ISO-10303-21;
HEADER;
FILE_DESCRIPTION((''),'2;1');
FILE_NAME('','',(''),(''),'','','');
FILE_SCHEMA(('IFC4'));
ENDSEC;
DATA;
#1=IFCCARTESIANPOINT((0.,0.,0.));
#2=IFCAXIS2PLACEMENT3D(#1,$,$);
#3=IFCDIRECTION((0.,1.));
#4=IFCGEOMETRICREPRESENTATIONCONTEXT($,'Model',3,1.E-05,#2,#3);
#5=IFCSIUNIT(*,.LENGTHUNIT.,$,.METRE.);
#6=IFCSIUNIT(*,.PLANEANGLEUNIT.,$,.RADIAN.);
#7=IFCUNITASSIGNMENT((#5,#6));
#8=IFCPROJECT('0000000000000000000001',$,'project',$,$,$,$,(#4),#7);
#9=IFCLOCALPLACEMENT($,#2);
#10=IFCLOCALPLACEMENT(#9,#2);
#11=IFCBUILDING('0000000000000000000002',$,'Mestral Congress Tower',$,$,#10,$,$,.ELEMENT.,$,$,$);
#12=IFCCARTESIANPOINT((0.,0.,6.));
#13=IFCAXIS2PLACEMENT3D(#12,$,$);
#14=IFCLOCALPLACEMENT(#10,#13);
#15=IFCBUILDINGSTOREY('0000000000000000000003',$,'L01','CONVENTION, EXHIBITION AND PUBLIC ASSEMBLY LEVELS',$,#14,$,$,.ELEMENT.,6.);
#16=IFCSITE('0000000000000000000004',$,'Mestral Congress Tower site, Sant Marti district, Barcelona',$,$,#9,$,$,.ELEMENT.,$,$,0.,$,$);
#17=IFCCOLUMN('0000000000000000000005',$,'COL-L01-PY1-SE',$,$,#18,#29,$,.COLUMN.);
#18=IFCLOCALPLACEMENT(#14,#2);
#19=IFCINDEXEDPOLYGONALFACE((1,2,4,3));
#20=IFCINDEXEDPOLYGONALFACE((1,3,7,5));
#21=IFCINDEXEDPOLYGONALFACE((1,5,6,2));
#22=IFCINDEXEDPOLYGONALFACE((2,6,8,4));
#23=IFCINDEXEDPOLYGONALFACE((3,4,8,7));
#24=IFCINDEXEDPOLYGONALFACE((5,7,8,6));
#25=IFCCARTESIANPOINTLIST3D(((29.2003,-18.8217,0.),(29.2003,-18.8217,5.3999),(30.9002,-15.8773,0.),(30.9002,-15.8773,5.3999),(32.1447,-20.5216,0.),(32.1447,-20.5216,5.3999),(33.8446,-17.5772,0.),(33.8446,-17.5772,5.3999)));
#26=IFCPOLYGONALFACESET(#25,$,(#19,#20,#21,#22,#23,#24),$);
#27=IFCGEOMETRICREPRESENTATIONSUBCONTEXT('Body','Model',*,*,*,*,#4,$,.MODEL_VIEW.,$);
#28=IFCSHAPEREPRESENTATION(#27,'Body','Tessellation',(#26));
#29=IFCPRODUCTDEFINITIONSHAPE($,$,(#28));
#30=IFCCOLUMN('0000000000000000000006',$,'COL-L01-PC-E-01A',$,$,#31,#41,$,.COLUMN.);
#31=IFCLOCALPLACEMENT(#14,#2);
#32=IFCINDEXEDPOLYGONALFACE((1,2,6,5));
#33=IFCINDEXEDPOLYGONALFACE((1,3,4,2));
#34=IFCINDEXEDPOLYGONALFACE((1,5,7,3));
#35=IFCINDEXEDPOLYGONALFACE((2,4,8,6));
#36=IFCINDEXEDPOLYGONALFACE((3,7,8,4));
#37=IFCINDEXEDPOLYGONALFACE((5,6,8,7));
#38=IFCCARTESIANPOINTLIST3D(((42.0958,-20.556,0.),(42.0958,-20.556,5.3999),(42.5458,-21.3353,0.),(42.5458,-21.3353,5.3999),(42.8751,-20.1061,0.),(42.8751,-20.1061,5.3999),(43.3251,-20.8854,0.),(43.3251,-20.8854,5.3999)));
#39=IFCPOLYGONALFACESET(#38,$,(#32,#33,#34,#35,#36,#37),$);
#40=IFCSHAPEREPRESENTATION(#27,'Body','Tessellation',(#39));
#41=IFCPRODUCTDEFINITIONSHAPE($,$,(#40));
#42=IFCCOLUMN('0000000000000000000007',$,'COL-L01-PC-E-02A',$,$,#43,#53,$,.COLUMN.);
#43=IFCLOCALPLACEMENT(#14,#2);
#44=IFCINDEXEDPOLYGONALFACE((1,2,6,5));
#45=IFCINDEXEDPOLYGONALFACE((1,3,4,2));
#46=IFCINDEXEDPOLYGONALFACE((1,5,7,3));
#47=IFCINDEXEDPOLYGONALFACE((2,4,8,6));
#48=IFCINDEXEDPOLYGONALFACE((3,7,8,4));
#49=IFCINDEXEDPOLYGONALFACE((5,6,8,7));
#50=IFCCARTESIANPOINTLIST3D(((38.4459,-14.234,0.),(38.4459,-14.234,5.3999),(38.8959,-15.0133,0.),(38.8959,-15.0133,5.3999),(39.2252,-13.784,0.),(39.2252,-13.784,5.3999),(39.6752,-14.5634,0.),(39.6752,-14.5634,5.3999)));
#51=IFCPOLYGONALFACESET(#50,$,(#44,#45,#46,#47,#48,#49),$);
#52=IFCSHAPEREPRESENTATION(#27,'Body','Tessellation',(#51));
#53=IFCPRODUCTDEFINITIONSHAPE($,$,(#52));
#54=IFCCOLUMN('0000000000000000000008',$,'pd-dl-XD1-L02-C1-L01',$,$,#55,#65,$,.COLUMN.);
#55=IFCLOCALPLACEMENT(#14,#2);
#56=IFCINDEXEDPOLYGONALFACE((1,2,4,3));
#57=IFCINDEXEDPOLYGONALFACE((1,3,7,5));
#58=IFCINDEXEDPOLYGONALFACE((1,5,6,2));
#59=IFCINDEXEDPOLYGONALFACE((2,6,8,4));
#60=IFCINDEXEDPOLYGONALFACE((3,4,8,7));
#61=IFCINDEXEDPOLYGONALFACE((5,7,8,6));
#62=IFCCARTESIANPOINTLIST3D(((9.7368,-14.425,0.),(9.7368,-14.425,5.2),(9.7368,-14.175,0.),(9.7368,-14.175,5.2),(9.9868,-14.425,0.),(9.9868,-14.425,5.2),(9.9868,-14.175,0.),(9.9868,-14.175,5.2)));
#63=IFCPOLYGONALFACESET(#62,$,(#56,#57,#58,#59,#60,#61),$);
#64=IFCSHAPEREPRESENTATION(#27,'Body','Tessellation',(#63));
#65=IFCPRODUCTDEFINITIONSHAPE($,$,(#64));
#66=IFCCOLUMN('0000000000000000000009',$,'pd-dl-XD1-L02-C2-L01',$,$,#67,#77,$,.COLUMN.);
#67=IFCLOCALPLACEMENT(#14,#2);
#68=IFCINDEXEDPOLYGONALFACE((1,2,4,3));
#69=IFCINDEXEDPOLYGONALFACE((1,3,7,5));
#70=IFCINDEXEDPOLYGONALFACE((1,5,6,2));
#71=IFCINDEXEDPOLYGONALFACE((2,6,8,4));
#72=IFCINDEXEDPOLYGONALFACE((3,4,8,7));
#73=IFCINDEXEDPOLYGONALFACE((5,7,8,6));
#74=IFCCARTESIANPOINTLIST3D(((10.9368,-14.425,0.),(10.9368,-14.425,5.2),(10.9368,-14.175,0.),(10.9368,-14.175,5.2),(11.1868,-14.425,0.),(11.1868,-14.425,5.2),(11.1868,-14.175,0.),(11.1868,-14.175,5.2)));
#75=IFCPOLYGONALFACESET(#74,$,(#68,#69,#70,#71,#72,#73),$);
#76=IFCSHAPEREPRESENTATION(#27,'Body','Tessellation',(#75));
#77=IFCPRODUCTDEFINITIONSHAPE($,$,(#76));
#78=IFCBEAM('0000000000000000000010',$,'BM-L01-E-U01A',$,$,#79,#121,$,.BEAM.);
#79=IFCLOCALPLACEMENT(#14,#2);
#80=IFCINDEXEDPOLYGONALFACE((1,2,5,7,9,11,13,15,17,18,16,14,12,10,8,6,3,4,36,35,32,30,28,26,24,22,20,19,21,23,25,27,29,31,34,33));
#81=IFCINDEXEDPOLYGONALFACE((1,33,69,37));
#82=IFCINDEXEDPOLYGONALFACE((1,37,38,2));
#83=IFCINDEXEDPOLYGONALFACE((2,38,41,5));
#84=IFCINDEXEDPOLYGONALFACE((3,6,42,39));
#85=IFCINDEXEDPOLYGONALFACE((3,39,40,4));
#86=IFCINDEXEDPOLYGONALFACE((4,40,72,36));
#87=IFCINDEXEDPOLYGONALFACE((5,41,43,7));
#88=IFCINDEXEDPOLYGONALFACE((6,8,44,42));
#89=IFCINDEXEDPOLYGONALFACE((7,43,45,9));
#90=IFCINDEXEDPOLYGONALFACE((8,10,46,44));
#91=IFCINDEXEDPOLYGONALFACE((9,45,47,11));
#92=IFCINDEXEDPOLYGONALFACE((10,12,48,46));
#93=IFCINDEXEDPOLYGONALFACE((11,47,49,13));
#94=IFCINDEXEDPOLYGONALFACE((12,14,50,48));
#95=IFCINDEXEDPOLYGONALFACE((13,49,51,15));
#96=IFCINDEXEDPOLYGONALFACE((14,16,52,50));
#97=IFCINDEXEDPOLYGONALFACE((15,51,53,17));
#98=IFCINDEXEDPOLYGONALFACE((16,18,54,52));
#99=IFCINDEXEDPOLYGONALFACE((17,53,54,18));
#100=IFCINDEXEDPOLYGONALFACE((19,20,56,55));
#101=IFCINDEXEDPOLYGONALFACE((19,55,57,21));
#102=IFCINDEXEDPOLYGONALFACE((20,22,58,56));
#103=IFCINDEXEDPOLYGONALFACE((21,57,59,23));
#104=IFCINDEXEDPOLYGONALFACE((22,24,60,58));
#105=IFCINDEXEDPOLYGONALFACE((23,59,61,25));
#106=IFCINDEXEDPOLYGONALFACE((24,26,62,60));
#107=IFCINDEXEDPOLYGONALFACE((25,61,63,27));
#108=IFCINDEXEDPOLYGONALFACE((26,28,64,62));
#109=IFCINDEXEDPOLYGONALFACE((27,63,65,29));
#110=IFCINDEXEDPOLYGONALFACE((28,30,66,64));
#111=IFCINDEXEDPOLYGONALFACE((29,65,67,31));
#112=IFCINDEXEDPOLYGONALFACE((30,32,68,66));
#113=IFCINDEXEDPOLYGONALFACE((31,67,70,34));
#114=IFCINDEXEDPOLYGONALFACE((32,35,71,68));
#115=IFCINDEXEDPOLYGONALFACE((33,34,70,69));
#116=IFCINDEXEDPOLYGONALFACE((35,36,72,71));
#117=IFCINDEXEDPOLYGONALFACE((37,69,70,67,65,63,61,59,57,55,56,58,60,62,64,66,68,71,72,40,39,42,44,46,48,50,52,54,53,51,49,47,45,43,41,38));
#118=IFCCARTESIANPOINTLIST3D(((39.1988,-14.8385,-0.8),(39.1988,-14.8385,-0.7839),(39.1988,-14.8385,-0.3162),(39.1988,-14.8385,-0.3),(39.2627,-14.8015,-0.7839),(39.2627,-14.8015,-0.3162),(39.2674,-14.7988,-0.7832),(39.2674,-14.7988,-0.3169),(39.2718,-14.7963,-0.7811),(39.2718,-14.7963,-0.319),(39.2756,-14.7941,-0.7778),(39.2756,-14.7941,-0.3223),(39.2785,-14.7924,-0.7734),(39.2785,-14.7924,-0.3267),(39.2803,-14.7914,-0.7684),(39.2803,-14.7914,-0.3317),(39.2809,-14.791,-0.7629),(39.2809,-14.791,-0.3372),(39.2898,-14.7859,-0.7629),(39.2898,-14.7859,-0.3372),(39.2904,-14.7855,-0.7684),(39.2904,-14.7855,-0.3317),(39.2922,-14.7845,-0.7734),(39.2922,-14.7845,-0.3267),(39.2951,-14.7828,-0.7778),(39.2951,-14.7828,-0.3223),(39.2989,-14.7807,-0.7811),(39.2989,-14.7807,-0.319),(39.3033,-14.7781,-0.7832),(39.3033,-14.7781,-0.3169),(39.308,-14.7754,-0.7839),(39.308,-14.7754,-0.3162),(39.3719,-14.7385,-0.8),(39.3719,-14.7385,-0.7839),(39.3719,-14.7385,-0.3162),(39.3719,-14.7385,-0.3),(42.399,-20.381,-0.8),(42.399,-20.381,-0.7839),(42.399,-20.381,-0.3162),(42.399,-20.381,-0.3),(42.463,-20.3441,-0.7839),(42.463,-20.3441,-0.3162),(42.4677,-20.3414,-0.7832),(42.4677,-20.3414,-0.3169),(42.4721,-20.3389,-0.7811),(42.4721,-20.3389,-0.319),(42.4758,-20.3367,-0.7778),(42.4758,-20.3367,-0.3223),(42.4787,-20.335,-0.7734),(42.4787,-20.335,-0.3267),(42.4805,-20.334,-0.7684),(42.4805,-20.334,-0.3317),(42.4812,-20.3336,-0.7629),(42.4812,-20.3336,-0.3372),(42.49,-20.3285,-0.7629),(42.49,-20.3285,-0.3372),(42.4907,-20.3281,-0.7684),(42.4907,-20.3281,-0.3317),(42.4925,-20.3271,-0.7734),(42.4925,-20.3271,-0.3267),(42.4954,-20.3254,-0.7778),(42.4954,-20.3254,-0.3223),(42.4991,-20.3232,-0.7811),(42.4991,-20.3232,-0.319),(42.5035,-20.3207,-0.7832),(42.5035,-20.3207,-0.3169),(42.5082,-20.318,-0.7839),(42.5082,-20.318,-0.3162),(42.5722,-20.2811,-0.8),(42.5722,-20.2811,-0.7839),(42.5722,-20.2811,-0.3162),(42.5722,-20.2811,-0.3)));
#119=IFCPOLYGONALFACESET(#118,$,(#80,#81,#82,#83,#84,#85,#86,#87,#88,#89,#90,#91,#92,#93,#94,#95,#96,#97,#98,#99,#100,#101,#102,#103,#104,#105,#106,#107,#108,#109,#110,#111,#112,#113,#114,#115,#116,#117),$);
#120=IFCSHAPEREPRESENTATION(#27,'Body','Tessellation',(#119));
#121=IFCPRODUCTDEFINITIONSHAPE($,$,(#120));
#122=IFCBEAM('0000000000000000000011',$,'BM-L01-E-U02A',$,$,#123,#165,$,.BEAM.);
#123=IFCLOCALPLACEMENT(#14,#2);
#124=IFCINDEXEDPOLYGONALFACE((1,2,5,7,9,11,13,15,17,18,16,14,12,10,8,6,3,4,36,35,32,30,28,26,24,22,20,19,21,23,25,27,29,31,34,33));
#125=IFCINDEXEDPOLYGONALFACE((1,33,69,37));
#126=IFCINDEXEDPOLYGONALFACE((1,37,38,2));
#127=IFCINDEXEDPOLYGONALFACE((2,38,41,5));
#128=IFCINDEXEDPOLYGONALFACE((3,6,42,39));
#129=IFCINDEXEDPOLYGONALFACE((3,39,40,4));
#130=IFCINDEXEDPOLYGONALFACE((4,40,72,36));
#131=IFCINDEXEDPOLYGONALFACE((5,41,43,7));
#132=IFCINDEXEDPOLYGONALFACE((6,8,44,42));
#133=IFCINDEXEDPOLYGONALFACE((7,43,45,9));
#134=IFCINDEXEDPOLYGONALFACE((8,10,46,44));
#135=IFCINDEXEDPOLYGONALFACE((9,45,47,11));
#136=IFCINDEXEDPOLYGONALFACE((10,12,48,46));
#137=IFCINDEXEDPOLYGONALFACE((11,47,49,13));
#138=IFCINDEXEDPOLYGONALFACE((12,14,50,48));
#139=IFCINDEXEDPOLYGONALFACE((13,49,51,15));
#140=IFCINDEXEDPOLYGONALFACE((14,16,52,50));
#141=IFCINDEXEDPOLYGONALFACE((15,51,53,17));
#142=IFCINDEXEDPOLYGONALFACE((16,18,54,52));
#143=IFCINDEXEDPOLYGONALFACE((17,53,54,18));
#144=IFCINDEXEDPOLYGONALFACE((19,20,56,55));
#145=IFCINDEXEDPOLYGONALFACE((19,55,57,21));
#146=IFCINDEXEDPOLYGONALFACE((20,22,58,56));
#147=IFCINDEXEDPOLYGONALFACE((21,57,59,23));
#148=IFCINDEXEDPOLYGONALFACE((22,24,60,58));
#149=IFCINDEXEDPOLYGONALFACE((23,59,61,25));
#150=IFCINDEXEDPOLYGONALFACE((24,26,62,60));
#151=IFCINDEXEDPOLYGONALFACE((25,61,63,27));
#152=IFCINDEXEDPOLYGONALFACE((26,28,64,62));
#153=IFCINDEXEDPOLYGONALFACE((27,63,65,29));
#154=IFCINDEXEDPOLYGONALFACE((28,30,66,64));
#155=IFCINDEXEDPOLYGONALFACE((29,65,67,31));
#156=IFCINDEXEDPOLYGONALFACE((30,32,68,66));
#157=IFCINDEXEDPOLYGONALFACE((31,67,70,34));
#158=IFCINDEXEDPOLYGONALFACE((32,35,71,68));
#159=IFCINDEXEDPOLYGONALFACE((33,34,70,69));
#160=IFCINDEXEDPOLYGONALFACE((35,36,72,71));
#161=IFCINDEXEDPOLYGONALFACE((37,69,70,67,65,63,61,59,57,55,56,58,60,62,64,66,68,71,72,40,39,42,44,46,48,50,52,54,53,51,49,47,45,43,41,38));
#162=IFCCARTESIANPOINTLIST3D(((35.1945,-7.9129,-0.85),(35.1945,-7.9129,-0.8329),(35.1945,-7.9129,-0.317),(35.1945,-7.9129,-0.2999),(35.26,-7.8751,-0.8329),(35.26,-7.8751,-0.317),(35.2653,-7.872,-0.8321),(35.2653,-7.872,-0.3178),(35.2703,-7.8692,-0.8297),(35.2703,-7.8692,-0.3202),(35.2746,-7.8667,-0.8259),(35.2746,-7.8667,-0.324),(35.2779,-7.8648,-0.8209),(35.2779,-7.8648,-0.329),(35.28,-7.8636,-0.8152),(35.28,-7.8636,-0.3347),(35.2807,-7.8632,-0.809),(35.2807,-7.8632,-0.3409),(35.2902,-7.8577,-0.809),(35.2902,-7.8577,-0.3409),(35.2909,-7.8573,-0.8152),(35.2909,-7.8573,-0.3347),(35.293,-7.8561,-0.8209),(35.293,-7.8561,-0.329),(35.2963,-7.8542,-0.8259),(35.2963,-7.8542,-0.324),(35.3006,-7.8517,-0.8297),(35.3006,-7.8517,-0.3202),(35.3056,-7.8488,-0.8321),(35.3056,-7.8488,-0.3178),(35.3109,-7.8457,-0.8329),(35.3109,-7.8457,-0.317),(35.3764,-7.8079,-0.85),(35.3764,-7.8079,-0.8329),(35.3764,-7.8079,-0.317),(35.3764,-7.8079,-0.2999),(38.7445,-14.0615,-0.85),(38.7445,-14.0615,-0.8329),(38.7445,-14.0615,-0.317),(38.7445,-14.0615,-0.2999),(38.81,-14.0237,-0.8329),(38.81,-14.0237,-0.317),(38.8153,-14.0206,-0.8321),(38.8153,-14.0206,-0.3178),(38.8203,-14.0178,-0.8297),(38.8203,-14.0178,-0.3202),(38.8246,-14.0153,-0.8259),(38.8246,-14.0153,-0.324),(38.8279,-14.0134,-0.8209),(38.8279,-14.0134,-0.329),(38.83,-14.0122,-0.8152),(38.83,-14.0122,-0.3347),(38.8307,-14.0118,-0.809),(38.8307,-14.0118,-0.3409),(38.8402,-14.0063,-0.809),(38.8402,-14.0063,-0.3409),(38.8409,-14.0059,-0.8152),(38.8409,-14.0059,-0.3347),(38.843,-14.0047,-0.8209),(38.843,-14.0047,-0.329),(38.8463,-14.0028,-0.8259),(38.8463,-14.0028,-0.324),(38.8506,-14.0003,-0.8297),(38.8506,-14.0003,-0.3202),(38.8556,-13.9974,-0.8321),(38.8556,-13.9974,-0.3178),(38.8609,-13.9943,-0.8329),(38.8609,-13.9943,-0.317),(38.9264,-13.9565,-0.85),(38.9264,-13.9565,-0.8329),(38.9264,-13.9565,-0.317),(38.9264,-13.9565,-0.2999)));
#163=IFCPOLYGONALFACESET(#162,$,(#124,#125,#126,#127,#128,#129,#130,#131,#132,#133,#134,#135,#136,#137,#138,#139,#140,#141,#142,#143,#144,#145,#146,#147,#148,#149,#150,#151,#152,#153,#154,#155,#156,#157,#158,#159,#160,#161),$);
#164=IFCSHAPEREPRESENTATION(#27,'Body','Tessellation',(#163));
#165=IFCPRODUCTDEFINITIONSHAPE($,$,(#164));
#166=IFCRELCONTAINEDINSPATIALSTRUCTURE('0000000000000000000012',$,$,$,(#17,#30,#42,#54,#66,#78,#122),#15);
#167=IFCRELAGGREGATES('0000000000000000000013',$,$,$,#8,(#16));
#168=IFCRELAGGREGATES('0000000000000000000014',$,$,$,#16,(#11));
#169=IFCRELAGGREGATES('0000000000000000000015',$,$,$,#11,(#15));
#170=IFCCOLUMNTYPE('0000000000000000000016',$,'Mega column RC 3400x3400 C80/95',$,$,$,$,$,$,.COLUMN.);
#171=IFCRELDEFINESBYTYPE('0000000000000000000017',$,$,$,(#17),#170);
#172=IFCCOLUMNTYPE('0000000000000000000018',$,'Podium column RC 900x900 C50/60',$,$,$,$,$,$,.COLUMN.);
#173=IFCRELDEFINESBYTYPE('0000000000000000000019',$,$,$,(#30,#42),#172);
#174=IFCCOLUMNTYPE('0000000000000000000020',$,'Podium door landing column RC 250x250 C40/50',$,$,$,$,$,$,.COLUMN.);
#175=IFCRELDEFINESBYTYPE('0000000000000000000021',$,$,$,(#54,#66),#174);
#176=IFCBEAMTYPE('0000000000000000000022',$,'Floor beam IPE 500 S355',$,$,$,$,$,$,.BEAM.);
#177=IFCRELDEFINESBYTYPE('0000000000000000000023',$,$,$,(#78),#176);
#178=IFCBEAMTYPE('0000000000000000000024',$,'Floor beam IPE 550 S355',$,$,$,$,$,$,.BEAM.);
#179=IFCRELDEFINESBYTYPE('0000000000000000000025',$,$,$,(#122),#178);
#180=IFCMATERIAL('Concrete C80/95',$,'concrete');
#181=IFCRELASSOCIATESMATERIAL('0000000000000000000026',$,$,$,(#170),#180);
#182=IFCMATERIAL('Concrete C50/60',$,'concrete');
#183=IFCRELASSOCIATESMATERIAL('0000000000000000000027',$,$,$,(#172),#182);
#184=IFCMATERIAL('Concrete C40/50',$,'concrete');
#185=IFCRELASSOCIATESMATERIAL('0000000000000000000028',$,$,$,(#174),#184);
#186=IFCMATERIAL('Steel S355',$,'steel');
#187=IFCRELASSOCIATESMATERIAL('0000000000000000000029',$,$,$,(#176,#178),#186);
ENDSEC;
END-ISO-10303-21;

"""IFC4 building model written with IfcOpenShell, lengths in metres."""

from ifc_helpers import new_model, si_unit, direction, frame, origin, origin_2d, place, context, subcontext, project, spatial, rectangle, i_section, extrude, material, material_profile, profile_set, type_object, element, save


model = new_model("IFC4")

# Units and contexts
model_context = context("Model", 3, precision=1e-05, world=origin(), true_north=direction((0.0, 1.0)))
body_context = subcontext(model_context, "Body", "Model", "MODEL_VIEW")
ifc_project = project(units=[si_unit("LENGTHUNIT", "METRE"), si_unit("PLANEANGLEUNIT", "RADIAN")], contexts=[model_context])

# Site, building, storey
site_placement = place(None, origin())
site = spatial("IfcSite", under=ifc_project, at=site_placement, Name="Mestral Congress Tower site, Sant Marti district, Barcelona", CompositionType="ELEMENT", RefElevation=0.0)
building_placement = place(site_placement, origin())
building = spatial("IfcBuilding", under=site, at=building_placement, Name="Mestral Congress Tower", CompositionType="ELEMENT")
storey_placement = place(building_placement, frame((0.0, 0.0, 6.0)))
storey = spatial("IfcBuildingStorey", under=building, at=storey_placement, Name="L01", Description="CONVENTION, EXHIBITION AND PUBLIC ASSEMBLY LEVELS", CompositionType="ELEMENT", Elevation=6.0)

# Columns
ifc_material_1 = material(Name="Concrete C80/95", Category="concrete")
ifc_material_profile_1 = material_profile(ifc_material_1, rectangle(XDim=3.3999, YDim=3.3999, at=origin_2d()), Name="RC 3400x3400")
ifc_profile_set_1 = profile_set([ifc_material_profile_1], Name="Concrete C80/95")
column_type_1 = type_object("IfcColumnType", Name="Mega column RC 3400x3400 C80/95", PredefinedType="COLUMN", material=ifc_profile_set_1)
column_placement = place(storey_placement, frame((31.5225, -18.1995, 0.0), z_axis=(0.0, 0.0, 1.0), x_axis=(0.866025, -0.5, 0.0)))
element("IfcColumn", 1, at=column_placement, inside=storey, type_object=column_type_1, Name="COL-L01-PY1-SE", PredefinedType="COLUMN", context=body_context, shape_type="SweptSolid", body=[
    extrude(rectangle(XDim=3.3999, YDim=3.3999, at=origin_2d()), origin(), (0.0, 0.0, 1.0), 5.3999),
])
ifc_material_2 = material(Name="Concrete C50/60", Category="concrete")
ifc_material_profile_2 = material_profile(ifc_material_2, rectangle(XDim=0.8999, YDim=0.8999, at=origin_2d()), Name="RC 900x900")
ifc_profile_set_2 = profile_set([ifc_material_profile_2], Name="Concrete C50/60")
column_type_2 = type_object("IfcColumnType", Name="Podium column RC 900x900 C50/60", PredefinedType="COLUMN", material=ifc_profile_set_2)
for number, where, z_axis, x_axis, name in (
    (2, (42.7104, -20.7207, 0.0), (0.0, 0.0, 1.0), (-0.5, 0.866025, 0.0), "COL-L01-PC-E-01A"),
    (3, (39.0605, -14.3987, 0.0), (0.0, 0.0, 1.0), (-0.5, 0.866025, 0.0), "COL-L01-PC-E-02A"),
):
    element("IfcColumn", number, at=place(storey_placement, frame(where, z_axis=z_axis, x_axis=x_axis)), inside=storey, type_object=column_type_2, Name=name, PredefinedType="COLUMN", context=body_context, shape_type="SweptSolid", body=[
        extrude(rectangle(XDim=0.8999, YDim=0.8999, at=origin_2d()), origin(), (0.0, 0.0, 1.0), 5.3999),
    ])
ifc_material_3 = material(Name="Concrete C40/50", Category="concrete")
ifc_material_profile_3 = material_profile(ifc_material_3, rectangle(XDim=0.25, YDim=0.25, at=origin_2d()), Name="RC 250x250")
ifc_profile_set_3 = profile_set([ifc_material_profile_3], Name="Concrete C40/50")
column_type_3 = type_object("IfcColumnType", Name="Podium door landing column RC 250x250 C40/50", PredefinedType="COLUMN", material=ifc_profile_set_3)
for number, where, z_axis, x_axis, name in (
    (4, (9.8618, -14.3, 0.0), (0.0, 0.0, 1.0), (1.0, 0.0, 0.0), "pd-dl-XD1-L02-C1-L01"),
    (5, (11.0618, -14.3, 0.0), (0.0, 0.0, 1.0), (1.0, 0.0, 0.0), "pd-dl-XD1-L02-C2-L01"),
):
    element("IfcColumn", number, at=place(storey_placement, frame(where, z_axis=z_axis, x_axis=x_axis)), inside=storey, type_object=column_type_3, Name=name, PredefinedType="COLUMN", context=body_context, shape_type="SweptSolid", body=[
        extrude(rectangle(XDim=0.25, YDim=0.25, at=origin_2d()), origin(), (0.0, 0.0, 1.0), 5.2),
    ])

# Beams
ifc_material_4 = material(Name="Steel S355", Category="steel")
ifc_material_profile_4 = material_profile(ifc_material_4, i_section(OverallWidth=0.2, OverallDepth=0.5, WebThickness=0.0103, FlangeThickness=0.0161, FilletRadius=0.021, at=origin_2d()), Name="IPE 500")
ifc_profile_set_4 = profile_set([ifc_material_profile_4], Name="Steel S355")
beam_type_1 = type_object("IfcBeamType", Name="Floor beam IPE 500 S355", PredefinedType="BEAM", material=ifc_profile_set_4)
beam_1_placement = place(storey_placement, frame((42.4856, -20.3311, -0.55), z_axis=(-0.500028, 0.866009, 0.0), x_axis=(-0.866009, -0.500028, 0.0)))
element("IfcBeam", 6, at=beam_1_placement, inside=storey, type_object=beam_type_1, Name="BM-L01-E-U01A", PredefinedType="BEAM", context=body_context, shape_type="SweptSolid", body=[
    extrude(i_section(OverallWidth=0.2, OverallDepth=0.5, WebThickness=0.0103, FlangeThickness=0.0161, FilletRadius=0.021, at=origin_2d()), origin(), (0.0, 0.0, 1.0), 6.4001),
])
ifc_material_profile_5 = material_profile(ifc_material_4, i_section(OverallWidth=0.21, OverallDepth=0.55, WebThickness=0.011, FlangeThickness=0.0171, FilletRadius=0.0239, at=origin_2d()), Name="IPE 550")
ifc_profile_set_5 = profile_set([ifc_material_profile_5], Name="Steel S355")
beam_type_2 = type_object("IfcBeamType", Name="Floor beam IPE 550 S355", PredefinedType="BEAM", material=ifc_profile_set_5)
beam_2_placement = place(storey_placement, frame((38.8354, -14.009, -0.575), z_axis=(-0.500011, 0.866019, 0.0), x_axis=(-0.866019, -0.500011, 0.0)))
element("IfcBeam", 7, at=beam_2_placement, inside=storey, type_object=beam_type_2, Name="BM-L01-E-U02A", PredefinedType="BEAM", context=body_context, shape_type="SweptSolid", body=[
    extrude(i_section(OverallWidth=0.21, OverallDepth=0.55, WebThickness=0.011, FlangeThickness=0.0171, FilletRadius=0.0239, at=origin_2d()), origin(), (0.0, 0.0, 1.0), 7.0999),
])

save(model, "model.ifc")
